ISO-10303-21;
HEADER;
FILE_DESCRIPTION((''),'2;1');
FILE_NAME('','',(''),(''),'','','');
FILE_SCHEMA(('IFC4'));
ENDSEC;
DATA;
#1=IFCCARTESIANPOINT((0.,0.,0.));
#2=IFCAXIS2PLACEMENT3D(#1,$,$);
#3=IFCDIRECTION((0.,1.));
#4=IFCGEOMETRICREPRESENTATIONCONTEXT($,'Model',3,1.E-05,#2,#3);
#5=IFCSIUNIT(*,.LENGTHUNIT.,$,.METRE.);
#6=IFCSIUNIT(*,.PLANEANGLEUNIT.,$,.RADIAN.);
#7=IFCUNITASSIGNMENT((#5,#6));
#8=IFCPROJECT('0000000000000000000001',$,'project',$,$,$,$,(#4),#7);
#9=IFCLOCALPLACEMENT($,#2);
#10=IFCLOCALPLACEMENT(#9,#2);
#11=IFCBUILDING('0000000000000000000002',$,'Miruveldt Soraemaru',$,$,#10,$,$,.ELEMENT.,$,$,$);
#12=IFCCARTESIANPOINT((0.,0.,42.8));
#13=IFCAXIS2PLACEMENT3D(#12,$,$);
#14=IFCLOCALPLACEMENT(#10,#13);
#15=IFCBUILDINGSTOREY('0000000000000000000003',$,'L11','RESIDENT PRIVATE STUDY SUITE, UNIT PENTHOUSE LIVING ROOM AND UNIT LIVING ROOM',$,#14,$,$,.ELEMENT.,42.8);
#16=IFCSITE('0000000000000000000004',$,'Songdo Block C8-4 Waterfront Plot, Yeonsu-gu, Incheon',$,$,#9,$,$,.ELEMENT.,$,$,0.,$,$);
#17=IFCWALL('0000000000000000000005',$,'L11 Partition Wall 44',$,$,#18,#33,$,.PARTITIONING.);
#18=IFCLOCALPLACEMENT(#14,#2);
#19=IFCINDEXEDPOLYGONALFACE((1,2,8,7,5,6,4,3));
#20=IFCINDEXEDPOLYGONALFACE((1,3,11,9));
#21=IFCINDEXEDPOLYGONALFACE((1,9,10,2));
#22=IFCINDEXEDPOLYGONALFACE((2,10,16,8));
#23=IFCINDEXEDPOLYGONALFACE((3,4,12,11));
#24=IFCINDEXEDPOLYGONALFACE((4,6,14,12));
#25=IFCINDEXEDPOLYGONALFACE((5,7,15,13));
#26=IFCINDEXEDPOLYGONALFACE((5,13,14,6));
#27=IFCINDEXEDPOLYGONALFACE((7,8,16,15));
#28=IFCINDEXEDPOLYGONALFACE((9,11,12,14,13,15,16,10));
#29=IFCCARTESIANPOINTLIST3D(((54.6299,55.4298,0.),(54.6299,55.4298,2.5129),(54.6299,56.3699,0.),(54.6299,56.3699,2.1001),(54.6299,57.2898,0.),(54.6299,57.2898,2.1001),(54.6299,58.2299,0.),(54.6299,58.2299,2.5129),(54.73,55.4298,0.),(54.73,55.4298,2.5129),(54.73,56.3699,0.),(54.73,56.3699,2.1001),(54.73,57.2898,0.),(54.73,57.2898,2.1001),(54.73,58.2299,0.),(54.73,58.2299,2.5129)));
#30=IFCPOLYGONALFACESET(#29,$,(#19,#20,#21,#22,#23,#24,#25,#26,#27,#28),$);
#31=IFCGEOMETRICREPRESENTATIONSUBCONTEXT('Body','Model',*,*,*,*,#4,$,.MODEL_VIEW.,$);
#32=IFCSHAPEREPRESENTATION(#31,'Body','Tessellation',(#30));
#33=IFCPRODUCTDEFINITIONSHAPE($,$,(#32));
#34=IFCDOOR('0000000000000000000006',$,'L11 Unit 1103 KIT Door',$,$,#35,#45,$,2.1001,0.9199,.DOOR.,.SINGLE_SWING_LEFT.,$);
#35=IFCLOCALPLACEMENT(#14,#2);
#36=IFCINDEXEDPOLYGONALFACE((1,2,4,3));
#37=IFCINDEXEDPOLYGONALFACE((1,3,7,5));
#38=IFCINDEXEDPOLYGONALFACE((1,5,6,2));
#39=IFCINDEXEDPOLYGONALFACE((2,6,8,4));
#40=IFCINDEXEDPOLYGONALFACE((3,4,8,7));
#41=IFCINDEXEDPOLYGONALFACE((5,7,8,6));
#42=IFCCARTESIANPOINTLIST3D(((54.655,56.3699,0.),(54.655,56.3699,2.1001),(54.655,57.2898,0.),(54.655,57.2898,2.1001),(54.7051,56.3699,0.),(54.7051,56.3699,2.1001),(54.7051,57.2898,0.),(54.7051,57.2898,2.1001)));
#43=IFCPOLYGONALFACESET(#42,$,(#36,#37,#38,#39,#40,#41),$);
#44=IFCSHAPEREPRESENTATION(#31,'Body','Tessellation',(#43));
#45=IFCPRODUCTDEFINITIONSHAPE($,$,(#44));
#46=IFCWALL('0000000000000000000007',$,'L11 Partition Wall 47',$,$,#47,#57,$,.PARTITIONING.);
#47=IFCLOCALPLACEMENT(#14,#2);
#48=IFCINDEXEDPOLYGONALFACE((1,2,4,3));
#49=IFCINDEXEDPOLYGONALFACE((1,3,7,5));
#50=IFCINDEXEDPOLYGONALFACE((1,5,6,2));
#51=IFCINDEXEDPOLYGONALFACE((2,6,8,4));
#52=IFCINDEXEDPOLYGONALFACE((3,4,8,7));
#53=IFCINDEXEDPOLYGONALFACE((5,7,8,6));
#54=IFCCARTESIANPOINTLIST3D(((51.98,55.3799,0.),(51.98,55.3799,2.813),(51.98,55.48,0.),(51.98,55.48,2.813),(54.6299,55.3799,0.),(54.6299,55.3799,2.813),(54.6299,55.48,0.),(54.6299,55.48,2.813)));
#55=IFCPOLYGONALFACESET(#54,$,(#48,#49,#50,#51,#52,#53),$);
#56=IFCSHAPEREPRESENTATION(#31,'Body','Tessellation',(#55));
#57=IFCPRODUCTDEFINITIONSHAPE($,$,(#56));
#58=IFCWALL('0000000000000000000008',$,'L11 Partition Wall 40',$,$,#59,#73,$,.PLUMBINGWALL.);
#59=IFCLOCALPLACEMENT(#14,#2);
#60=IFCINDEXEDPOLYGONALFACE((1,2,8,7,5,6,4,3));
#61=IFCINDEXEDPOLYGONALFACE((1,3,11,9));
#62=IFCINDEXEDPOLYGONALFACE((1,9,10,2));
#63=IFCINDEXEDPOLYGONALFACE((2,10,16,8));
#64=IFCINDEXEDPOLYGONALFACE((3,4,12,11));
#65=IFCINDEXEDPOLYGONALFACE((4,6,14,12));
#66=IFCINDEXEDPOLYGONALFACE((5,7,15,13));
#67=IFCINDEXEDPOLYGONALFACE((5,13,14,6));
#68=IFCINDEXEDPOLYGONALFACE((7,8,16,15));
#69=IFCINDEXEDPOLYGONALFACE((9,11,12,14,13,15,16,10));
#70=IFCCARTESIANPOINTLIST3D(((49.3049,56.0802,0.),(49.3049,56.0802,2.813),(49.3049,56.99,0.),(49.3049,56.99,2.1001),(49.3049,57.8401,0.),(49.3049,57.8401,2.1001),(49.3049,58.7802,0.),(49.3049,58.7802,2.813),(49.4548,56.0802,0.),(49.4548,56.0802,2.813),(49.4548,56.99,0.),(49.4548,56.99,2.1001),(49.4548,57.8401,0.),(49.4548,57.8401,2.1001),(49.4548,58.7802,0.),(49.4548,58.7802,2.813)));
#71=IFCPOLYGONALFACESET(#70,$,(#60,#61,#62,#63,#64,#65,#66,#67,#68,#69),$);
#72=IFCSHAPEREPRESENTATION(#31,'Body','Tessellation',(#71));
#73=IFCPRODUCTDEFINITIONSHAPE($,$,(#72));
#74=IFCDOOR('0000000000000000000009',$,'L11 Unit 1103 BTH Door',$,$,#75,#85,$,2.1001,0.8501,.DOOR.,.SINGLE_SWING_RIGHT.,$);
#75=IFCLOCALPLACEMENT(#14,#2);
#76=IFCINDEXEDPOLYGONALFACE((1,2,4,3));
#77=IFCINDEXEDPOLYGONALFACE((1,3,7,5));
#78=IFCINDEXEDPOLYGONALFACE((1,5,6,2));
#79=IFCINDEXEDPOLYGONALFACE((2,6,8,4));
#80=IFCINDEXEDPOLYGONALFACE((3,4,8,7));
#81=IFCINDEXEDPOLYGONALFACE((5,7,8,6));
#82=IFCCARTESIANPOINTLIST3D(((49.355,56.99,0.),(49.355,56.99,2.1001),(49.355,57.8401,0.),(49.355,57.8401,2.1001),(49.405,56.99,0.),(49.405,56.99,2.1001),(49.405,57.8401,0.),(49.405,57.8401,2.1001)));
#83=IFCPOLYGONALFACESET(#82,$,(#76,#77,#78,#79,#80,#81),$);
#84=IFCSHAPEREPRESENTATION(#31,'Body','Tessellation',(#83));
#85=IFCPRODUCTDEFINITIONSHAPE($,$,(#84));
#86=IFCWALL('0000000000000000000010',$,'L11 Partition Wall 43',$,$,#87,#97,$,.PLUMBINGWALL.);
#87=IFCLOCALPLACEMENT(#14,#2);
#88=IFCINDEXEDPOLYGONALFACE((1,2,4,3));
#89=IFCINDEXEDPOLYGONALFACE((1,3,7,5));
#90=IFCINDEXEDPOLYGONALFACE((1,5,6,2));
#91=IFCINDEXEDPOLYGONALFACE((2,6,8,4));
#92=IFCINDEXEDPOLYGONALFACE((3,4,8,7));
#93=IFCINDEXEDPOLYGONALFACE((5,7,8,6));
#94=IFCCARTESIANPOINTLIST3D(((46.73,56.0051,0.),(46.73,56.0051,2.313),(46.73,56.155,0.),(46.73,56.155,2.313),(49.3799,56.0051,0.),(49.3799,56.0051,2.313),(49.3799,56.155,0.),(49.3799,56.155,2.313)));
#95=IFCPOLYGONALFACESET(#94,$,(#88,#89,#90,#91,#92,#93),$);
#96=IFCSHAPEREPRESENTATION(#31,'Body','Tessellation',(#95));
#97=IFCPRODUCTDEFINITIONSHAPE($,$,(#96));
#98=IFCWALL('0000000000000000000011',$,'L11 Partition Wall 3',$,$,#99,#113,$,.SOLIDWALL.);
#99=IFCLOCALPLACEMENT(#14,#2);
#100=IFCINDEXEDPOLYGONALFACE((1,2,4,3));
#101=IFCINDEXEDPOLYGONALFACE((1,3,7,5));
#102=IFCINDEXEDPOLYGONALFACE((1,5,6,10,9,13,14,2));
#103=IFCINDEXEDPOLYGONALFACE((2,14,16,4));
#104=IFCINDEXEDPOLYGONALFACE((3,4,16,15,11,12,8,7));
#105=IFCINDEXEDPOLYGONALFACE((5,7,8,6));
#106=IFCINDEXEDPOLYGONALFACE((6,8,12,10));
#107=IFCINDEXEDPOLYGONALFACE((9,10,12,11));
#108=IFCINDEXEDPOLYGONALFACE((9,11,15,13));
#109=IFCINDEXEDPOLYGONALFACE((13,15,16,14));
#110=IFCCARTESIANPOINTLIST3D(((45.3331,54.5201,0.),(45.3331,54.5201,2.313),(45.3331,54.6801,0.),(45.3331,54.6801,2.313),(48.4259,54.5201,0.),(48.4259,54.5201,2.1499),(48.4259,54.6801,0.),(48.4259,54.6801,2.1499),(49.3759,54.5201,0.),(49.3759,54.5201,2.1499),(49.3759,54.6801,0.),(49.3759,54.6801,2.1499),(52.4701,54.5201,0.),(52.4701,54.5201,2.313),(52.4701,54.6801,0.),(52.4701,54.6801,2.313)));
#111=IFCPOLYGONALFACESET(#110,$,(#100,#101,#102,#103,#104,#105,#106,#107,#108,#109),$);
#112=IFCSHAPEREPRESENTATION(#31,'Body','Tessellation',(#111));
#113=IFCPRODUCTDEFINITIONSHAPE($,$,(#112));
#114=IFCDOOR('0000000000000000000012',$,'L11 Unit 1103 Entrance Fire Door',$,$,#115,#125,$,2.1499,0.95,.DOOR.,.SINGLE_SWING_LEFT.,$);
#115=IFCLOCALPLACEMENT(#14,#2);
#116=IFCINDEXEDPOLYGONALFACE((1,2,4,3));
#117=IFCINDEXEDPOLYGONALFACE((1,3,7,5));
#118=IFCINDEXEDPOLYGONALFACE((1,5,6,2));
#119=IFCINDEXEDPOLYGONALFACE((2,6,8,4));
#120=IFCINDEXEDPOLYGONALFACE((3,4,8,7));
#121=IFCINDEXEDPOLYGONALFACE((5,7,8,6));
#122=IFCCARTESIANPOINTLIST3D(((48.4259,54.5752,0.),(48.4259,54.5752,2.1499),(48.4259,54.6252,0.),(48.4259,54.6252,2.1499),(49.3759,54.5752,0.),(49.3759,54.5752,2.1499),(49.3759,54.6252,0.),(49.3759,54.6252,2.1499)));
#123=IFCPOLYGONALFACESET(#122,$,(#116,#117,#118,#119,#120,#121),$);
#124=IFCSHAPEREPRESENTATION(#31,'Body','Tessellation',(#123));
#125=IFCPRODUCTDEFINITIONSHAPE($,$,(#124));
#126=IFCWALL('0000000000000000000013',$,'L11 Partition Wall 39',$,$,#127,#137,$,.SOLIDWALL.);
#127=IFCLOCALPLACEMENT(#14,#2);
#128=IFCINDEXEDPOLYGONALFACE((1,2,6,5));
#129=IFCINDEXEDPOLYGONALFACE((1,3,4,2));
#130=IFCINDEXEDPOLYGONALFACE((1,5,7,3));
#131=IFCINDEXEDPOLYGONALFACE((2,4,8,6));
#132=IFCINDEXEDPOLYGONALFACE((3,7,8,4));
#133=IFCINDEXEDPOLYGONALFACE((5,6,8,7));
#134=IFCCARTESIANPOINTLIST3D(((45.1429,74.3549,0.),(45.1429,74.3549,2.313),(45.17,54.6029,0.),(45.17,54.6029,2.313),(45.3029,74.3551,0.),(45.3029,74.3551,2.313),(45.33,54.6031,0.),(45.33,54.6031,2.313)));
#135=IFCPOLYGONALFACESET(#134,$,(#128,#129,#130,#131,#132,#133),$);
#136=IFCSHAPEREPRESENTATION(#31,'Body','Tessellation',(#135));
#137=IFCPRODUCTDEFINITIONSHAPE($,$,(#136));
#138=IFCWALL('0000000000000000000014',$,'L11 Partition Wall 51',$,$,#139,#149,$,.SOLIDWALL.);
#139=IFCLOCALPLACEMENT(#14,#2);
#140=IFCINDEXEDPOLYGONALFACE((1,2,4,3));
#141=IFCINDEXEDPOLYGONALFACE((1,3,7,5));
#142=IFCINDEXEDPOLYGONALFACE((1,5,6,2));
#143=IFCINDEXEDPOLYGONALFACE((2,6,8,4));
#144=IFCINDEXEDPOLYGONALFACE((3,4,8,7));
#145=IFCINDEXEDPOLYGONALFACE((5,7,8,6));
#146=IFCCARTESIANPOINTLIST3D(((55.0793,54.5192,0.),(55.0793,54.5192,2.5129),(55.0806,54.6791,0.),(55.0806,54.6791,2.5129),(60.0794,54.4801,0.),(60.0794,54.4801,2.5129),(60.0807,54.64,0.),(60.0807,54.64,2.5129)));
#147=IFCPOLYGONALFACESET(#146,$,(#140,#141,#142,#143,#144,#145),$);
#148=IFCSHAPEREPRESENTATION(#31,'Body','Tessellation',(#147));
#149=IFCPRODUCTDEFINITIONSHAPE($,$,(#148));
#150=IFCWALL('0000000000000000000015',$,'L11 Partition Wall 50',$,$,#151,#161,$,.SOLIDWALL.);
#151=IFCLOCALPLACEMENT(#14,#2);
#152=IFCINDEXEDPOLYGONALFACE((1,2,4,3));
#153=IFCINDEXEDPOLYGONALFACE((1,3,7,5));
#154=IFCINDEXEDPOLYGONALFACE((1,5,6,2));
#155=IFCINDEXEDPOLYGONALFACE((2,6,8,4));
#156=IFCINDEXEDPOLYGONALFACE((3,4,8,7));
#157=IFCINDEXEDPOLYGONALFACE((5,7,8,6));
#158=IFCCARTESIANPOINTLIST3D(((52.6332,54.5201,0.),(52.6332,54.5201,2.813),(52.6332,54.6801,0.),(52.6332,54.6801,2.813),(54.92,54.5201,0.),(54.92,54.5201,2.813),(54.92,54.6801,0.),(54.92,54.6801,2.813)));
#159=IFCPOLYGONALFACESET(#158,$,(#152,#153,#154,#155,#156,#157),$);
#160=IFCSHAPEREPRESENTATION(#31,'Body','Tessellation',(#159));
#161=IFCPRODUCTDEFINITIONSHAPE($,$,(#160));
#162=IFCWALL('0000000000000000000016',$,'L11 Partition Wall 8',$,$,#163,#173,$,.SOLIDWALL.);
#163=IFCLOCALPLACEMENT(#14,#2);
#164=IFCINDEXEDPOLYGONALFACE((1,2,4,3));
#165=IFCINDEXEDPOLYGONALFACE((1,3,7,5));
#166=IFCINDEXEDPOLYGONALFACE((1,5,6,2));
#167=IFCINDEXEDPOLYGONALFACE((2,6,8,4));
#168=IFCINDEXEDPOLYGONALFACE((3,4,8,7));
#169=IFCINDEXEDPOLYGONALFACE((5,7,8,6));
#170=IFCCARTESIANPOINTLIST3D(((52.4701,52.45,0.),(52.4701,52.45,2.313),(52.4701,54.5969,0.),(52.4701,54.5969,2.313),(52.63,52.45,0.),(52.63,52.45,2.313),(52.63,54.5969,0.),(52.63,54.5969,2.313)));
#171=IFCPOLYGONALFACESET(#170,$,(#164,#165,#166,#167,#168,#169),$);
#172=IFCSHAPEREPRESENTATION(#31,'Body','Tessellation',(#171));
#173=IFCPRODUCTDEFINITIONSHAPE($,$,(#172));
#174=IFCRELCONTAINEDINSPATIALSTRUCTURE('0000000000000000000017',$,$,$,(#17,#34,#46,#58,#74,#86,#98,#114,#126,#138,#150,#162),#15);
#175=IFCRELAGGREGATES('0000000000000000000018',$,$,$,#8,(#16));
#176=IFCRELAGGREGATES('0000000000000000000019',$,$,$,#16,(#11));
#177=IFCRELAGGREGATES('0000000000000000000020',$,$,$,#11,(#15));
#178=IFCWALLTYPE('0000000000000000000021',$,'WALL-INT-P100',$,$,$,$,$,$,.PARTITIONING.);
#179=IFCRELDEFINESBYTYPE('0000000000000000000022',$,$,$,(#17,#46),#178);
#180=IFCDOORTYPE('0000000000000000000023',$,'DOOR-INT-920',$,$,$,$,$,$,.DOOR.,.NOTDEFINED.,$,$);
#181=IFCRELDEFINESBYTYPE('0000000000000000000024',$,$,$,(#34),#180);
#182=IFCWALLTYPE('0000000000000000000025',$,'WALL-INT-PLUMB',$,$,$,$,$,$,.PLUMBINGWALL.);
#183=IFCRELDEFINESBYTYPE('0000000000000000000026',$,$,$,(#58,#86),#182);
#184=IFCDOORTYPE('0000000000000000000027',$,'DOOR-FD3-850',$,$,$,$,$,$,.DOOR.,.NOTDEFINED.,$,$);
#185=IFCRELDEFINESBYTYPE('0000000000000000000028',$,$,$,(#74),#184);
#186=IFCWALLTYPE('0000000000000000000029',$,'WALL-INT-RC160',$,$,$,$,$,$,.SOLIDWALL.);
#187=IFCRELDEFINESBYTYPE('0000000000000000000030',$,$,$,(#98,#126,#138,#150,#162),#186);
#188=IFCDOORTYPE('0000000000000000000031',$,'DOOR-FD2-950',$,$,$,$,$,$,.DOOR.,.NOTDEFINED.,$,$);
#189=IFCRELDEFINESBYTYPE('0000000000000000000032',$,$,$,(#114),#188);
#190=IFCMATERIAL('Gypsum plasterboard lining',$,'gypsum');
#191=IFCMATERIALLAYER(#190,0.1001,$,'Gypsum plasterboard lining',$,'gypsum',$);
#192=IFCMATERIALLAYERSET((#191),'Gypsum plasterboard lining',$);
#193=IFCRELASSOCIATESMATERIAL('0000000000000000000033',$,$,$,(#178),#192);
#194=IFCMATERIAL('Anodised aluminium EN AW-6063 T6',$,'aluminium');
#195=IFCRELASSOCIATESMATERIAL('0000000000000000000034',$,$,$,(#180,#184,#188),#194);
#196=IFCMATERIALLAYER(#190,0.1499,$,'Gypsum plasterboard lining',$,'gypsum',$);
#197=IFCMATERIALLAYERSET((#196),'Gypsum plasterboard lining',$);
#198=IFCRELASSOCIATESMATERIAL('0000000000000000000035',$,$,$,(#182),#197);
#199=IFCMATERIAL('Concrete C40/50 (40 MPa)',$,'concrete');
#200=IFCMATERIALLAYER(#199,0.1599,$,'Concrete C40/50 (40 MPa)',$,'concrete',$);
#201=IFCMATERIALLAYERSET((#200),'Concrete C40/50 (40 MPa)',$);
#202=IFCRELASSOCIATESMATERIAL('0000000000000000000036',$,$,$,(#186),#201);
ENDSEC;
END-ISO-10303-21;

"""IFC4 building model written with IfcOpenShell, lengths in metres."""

from ifc_helpers import new_model, si_unit, direction, frame, frame_2d, origin, place, context, subcontext, project, spatial, rectangle, extrude, material, layer, layer_set, type_object, element, fill, save


model = new_model("IFC4")

# Units and contexts
model_context = context("Model", 3, precision=1e-05, world=origin(), true_north=direction((0.0, 1.0)))
body_context = subcontext(model_context, "Body", "Model", "MODEL_VIEW")
ifc_project = project(units=[si_unit("LENGTHUNIT", "METRE"), si_unit("PLANEANGLEUNIT", "RADIAN")], contexts=[model_context])

# Site, building, storey
site_placement = place(None, origin())
site = spatial("IfcSite", under=ifc_project, at=site_placement, Name="Songdo Block C8-4 Waterfront Plot, Yeonsu-gu, Incheon", CompositionType="ELEMENT", RefElevation=0.0)
building_placement = place(site_placement, origin())
building = spatial("IfcBuilding", under=site, at=building_placement, Name="Miruveldt Soraemaru", CompositionType="ELEMENT")
storey_placement = place(building_placement, frame((0.0, 0.0, 42.8)))
storey = spatial("IfcBuildingStorey", under=building, at=storey_placement, Name="L11", Description="RESIDENT PRIVATE STUDY SUITE, UNIT PENTHOUSE LIVING ROOM AND UNIT LIVING ROOM", CompositionType="ELEMENT", Elevation=42.8)

# Wall, opening, door
ifc_material_1 = material(Name="Gypsum plasterboard lining", Category="gypsum")
ifc_layer_1 = layer(ifc_material_1, 0.1001, Name="Gypsum plasterboard lining", Category="gypsum")
ifc_layer_set_1 = layer_set([ifc_layer_1], Name="Gypsum plasterboard lining")
wall_type_1 = type_object("IfcWallType", Name="WALL-INT-P100", PredefinedType="PARTITIONING", material=ifc_layer_set_1)
wall_1_placement = place(storey_placement, frame((54.6799, 55.4299, 0.0), z_axis=(0.0, 0.0, 1.0), x_axis=(0.0, 1.0, 0.0)))
wall_1 = element("IfcWall", 1, at=wall_1_placement, inside=storey, type_object=wall_type_1, Name="L11 Partition Wall 44", PredefinedType="PARTITIONING", context=body_context, shape_type="SweptSolid", body=[
    extrude(rectangle(XDim=2.8, YDim=0.1001, at=frame_2d((1.3999, 0.0))), origin(), (0.0, 0.0, 1.0), 2.5129),
])
opening_1_placement = place(wall_1_placement, frame((0.9399, 0.0, 0.0)))
opening_1 = element("IfcOpeningElement", 2, at=opening_1_placement, cuts=wall_1, PredefinedType="OPENING", context=body_context, shape_type="SweptSolid", body=[
    extrude(rectangle(XDim=0.9199, YDim=2.1001, at=frame_2d((0.46, 1.05))), frame((0.0, 0.0601, 0.0), z_axis=(0.0, -1.0, 0.0), x_axis=(1.0, 0.0, 0.0)), (0.0, 0.0, 1.0), 0.1201),
])
ifc_material_2 = material(Name="Anodised aluminium EN AW-6063 T6", Category="aluminium")
door_type_1 = type_object("IfcDoorType", Name="DOOR-INT-920", OperationType="NOTDEFINED", PredefinedType="DOOR", material=ifc_material_2)
door_1_placement = place(opening_1_placement, origin())
door_1 = element("IfcDoor", 3, at=door_1_placement, inside=storey, type_object=door_type_1, Name="L11 Unit 1103 KIT Door", OperationType="SINGLE_SWING_LEFT", OverallHeight=2.1001, OverallWidth=0.9199, PredefinedType="DOOR", context=body_context, shape_type="SweptSolid", body=[
    extrude(rectangle(XDim=0.9199, YDim=2.1001, at=frame_2d((0.46, 1.05))), frame((0.0, 0.0249, 0.0), z_axis=(0.0, -1.0, 0.0), x_axis=(1.0, 0.0, 0.0)), (0.0, 0.0, 1.0), 0.05),
])
fill(opening_1, door_1)

# Wall
wall_2_placement = place(storey_placement, frame((51.98, 55.4299, 0.0), z_axis=(0.0, 0.0, 1.0), x_axis=(1.0, 0.0, 0.0)))
element("IfcWall", 4, at=wall_2_placement, inside=storey, type_object=wall_type_1, Name="L11 Partition Wall 47", PredefinedType="PARTITIONING", context=body_context, shape_type="SweptSolid", body=[
    extrude(rectangle(XDim=2.6499, YDim=0.1001, at=frame_2d((1.325, 0.0))), origin(), (0.0, 0.0, 1.0), 2.813),
])

# Wall, opening, door
ifc_layer_2 = layer(ifc_material_1, 0.1499, Name="Gypsum plasterboard lining", Category="gypsum")
ifc_layer_set_2 = layer_set([ifc_layer_2], Name="Gypsum plasterboard lining")
wall_type_2 = type_object("IfcWallType", Name="WALL-INT-PLUMB", PredefinedType="PLUMBINGWALL", material=ifc_layer_set_2)
wall_3_placement = place(storey_placement, frame((49.3799, 56.0801, 0.0), z_axis=(0.0, 0.0, 1.0), x_axis=(0.0, 1.0, 0.0)))
wall_3 = element("IfcWall", 5, at=wall_3_placement, inside=storey, type_object=wall_type_2, Name="L11 Partition Wall 40", PredefinedType="PLUMBINGWALL", context=body_context, shape_type="SweptSolid", body=[
    extrude(rectangle(XDim=2.7, YDim=0.1499, at=frame_2d((1.3501, 0.0))), origin(), (0.0, 0.0, 1.0), 2.813),
])
opening_2_placement = place(wall_3_placement, frame((0.9099, 0.0, 0.0)))
opening_2 = element("IfcOpeningElement", 6, at=opening_2_placement, cuts=wall_3, PredefinedType="OPENING", context=body_context, shape_type="SweptSolid", body=[
    extrude(rectangle(XDim=0.8501, YDim=2.1001, at=frame_2d((0.425, 1.05))), frame((0.0, 0.085, 0.0), z_axis=(0.0, -1.0, 0.0), x_axis=(1.0, 0.0, 0.0)), (0.0, 0.0, 1.0), 0.1699),
])
door_type_2 = type_object("IfcDoorType", Name="DOOR-FD3-850", OperationType="NOTDEFINED", PredefinedType="DOOR", material=ifc_material_2)
door_2_placement = place(opening_2_placement, origin())
door_2 = element("IfcDoor", 7, at=door_2_placement, inside=storey, type_object=door_type_2, Name="L11 Unit 1103 BTH Door", OperationType="SINGLE_SWING_RIGHT", OverallHeight=2.1001, OverallWidth=0.8501, PredefinedType="DOOR", context=body_context, shape_type="SweptSolid", body=[
    extrude(rectangle(XDim=0.8501, YDim=2.1001, at=frame_2d((0.425, 1.05))), frame((0.0, 0.0249, 0.0), z_axis=(0.0, -1.0, 0.0), x_axis=(1.0, 0.0, 0.0)), (0.0, 0.0, 1.0), 0.05),
])
fill(opening_2, door_2)

# Wall
wall_4_placement = place(storey_placement, frame((46.73, 56.0801, 0.0), z_axis=(0.0, 0.0, 1.0), x_axis=(1.0, 0.0, 0.0)))
element("IfcWall", 8, at=wall_4_placement, inside=storey, type_object=wall_type_2, Name="L11 Partition Wall 43", PredefinedType="PLUMBINGWALL", context=body_context, shape_type="SweptSolid", body=[
    extrude(rectangle(XDim=2.6499, YDim=0.1499, at=frame_2d((1.325, 0.0))), origin(), (0.0, 0.0, 1.0), 2.313),
])

# Wall, opening, door
ifc_material_3 = material(Name="Concrete C40/50 (40 MPa)", Category="concrete")
ifc_layer_3 = layer(ifc_material_3, 0.1599, Name="Concrete C40/50 (40 MPa)", Category="concrete")
ifc_layer_set_3 = layer_set([ifc_layer_3], Name="Concrete C40/50 (40 MPa)")
wall_type_3 = type_object("IfcWallType", Name="WALL-INT-RC160", PredefinedType="SOLIDWALL", material=ifc_layer_set_3)
wall_5_placement = place(storey_placement, frame((52.47, 54.6001, 0.0), z_axis=(0.0, 0.0, 1.0), x_axis=(-1.0, 0.0, 0.0)))
wall_5 = element("IfcWall", 9, at=wall_5_placement, inside=storey, type_object=wall_type_3, Name="L11 Partition Wall 3", PredefinedType="SOLIDWALL", context=body_context, shape_type="SweptSolid", body=[
    extrude(rectangle(XDim=7.137, YDim=0.1599, at=frame_2d((3.5684, 0.0))), origin(), (0.0, 0.0, 1.0), 2.313),
])
opening_3_placement = place(wall_5_placement, frame((3.094, 0.0, 0.0)))
opening_3 = element("IfcOpeningElement", 10, at=opening_3_placement, cuts=wall_5, PredefinedType="OPENING", context=body_context, shape_type="SweptSolid", body=[
    extrude(rectangle(XDim=0.95, YDim=2.1499, at=frame_2d((0.4751, 1.075))), frame((0.0, 0.0898, 0.0), z_axis=(0.0, -1.0, 0.0), x_axis=(1.0, 0.0, 0.0)), (0.0, 0.0, 1.0), 0.1799),
])
door_type_3 = type_object("IfcDoorType", Name="DOOR-FD2-950", OperationType="NOTDEFINED", PredefinedType="DOOR", material=ifc_material_2)
door_3_placement = place(opening_3_placement, origin())
door_3 = element("IfcDoor", 11, at=door_3_placement, inside=storey, type_object=door_type_3, Name="L11 Unit 1103 Entrance Fire Door", OperationType="SINGLE_SWING_LEFT", OverallHeight=2.1499, OverallWidth=0.95, PredefinedType="DOOR", context=body_context, shape_type="SweptSolid", body=[
    extrude(rectangle(XDim=0.95, YDim=2.1499, at=frame_2d((0.4751, 1.075))), frame((0.0, 0.0249, 0.0), z_axis=(0.0, -1.0, 0.0), x_axis=(1.0, 0.0, 0.0)), (0.0, 0.0, 1.0), 0.05),
])
fill(opening_3, door_3)

# Walls
wall_6_placement = place(storey_placement, frame((45.25, 54.603, 0.0), z_axis=(0.0, 0.0, 1.0), x_axis=(-0.001372, 0.999999, 0.0)))
element("IfcWall", 12, at=wall_6_placement, inside=storey, type_object=wall_type_3, Name="L11 Partition Wall 39", PredefinedType="SOLIDWALL", context=body_context, shape_type="SweptSolid", body=[
    extrude(rectangle(XDim=19.752, YDim=0.1599, at=frame_2d((9.876, 0.0))), origin(), (0.0, 0.0, 1.0), 2.313),
])
wall_7_placement = place(storey_placement, frame((55.0801, 54.5991, 0.0), z_axis=(0.0, 0.0, 1.0), x_axis=(0.999969, -0.007812, 0.0)))
element("IfcWall", 13, at=wall_7_placement, inside=storey, type_object=wall_type_3, Name="L11 Partition Wall 51", PredefinedType="SOLIDWALL", context=body_context, shape_type="SweptSolid", body=[
    extrude(rectangle(XDim=5.0002, YDim=0.1599, at=frame_2d((2.5, 0.0))), origin(), (0.0, 0.0, 1.0), 2.5129),
])
wall_8_placement = place(storey_placement, frame((52.6331, 54.6001, 0.0), z_axis=(0.0, 0.0, 1.0), x_axis=(1.0, 0.0, 0.0)))
element("IfcWall", 14, at=wall_8_placement, inside=storey, type_object=wall_type_3, Name="L11 Partition Wall 50", PredefinedType="SOLIDWALL", context=body_context, shape_type="SweptSolid", body=[
    extrude(rectangle(XDim=2.2869, YDim=0.1599, at=frame_2d((1.1436, 0.0))), origin(), (0.0, 0.0, 1.0), 2.813),
])
wall_9_placement = place(storey_placement, frame((52.55, 52.45, 0.0), z_axis=(0.0, 0.0, 1.0), x_axis=(0.0, 1.0, 0.0)))
element("IfcWall", 15, at=wall_9_placement, inside=storey, type_object=wall_type_3, Name="L11 Partition Wall 8", PredefinedType="SOLIDWALL", context=body_context, shape_type="SweptSolid", body=[
    extrude(rectangle(XDim=2.147, YDim=0.1599, at=frame_2d((1.0735, 0.0))), origin(), (0.0, 0.0, 1.0), 2.313),
])

save(model, "model.ifc")
